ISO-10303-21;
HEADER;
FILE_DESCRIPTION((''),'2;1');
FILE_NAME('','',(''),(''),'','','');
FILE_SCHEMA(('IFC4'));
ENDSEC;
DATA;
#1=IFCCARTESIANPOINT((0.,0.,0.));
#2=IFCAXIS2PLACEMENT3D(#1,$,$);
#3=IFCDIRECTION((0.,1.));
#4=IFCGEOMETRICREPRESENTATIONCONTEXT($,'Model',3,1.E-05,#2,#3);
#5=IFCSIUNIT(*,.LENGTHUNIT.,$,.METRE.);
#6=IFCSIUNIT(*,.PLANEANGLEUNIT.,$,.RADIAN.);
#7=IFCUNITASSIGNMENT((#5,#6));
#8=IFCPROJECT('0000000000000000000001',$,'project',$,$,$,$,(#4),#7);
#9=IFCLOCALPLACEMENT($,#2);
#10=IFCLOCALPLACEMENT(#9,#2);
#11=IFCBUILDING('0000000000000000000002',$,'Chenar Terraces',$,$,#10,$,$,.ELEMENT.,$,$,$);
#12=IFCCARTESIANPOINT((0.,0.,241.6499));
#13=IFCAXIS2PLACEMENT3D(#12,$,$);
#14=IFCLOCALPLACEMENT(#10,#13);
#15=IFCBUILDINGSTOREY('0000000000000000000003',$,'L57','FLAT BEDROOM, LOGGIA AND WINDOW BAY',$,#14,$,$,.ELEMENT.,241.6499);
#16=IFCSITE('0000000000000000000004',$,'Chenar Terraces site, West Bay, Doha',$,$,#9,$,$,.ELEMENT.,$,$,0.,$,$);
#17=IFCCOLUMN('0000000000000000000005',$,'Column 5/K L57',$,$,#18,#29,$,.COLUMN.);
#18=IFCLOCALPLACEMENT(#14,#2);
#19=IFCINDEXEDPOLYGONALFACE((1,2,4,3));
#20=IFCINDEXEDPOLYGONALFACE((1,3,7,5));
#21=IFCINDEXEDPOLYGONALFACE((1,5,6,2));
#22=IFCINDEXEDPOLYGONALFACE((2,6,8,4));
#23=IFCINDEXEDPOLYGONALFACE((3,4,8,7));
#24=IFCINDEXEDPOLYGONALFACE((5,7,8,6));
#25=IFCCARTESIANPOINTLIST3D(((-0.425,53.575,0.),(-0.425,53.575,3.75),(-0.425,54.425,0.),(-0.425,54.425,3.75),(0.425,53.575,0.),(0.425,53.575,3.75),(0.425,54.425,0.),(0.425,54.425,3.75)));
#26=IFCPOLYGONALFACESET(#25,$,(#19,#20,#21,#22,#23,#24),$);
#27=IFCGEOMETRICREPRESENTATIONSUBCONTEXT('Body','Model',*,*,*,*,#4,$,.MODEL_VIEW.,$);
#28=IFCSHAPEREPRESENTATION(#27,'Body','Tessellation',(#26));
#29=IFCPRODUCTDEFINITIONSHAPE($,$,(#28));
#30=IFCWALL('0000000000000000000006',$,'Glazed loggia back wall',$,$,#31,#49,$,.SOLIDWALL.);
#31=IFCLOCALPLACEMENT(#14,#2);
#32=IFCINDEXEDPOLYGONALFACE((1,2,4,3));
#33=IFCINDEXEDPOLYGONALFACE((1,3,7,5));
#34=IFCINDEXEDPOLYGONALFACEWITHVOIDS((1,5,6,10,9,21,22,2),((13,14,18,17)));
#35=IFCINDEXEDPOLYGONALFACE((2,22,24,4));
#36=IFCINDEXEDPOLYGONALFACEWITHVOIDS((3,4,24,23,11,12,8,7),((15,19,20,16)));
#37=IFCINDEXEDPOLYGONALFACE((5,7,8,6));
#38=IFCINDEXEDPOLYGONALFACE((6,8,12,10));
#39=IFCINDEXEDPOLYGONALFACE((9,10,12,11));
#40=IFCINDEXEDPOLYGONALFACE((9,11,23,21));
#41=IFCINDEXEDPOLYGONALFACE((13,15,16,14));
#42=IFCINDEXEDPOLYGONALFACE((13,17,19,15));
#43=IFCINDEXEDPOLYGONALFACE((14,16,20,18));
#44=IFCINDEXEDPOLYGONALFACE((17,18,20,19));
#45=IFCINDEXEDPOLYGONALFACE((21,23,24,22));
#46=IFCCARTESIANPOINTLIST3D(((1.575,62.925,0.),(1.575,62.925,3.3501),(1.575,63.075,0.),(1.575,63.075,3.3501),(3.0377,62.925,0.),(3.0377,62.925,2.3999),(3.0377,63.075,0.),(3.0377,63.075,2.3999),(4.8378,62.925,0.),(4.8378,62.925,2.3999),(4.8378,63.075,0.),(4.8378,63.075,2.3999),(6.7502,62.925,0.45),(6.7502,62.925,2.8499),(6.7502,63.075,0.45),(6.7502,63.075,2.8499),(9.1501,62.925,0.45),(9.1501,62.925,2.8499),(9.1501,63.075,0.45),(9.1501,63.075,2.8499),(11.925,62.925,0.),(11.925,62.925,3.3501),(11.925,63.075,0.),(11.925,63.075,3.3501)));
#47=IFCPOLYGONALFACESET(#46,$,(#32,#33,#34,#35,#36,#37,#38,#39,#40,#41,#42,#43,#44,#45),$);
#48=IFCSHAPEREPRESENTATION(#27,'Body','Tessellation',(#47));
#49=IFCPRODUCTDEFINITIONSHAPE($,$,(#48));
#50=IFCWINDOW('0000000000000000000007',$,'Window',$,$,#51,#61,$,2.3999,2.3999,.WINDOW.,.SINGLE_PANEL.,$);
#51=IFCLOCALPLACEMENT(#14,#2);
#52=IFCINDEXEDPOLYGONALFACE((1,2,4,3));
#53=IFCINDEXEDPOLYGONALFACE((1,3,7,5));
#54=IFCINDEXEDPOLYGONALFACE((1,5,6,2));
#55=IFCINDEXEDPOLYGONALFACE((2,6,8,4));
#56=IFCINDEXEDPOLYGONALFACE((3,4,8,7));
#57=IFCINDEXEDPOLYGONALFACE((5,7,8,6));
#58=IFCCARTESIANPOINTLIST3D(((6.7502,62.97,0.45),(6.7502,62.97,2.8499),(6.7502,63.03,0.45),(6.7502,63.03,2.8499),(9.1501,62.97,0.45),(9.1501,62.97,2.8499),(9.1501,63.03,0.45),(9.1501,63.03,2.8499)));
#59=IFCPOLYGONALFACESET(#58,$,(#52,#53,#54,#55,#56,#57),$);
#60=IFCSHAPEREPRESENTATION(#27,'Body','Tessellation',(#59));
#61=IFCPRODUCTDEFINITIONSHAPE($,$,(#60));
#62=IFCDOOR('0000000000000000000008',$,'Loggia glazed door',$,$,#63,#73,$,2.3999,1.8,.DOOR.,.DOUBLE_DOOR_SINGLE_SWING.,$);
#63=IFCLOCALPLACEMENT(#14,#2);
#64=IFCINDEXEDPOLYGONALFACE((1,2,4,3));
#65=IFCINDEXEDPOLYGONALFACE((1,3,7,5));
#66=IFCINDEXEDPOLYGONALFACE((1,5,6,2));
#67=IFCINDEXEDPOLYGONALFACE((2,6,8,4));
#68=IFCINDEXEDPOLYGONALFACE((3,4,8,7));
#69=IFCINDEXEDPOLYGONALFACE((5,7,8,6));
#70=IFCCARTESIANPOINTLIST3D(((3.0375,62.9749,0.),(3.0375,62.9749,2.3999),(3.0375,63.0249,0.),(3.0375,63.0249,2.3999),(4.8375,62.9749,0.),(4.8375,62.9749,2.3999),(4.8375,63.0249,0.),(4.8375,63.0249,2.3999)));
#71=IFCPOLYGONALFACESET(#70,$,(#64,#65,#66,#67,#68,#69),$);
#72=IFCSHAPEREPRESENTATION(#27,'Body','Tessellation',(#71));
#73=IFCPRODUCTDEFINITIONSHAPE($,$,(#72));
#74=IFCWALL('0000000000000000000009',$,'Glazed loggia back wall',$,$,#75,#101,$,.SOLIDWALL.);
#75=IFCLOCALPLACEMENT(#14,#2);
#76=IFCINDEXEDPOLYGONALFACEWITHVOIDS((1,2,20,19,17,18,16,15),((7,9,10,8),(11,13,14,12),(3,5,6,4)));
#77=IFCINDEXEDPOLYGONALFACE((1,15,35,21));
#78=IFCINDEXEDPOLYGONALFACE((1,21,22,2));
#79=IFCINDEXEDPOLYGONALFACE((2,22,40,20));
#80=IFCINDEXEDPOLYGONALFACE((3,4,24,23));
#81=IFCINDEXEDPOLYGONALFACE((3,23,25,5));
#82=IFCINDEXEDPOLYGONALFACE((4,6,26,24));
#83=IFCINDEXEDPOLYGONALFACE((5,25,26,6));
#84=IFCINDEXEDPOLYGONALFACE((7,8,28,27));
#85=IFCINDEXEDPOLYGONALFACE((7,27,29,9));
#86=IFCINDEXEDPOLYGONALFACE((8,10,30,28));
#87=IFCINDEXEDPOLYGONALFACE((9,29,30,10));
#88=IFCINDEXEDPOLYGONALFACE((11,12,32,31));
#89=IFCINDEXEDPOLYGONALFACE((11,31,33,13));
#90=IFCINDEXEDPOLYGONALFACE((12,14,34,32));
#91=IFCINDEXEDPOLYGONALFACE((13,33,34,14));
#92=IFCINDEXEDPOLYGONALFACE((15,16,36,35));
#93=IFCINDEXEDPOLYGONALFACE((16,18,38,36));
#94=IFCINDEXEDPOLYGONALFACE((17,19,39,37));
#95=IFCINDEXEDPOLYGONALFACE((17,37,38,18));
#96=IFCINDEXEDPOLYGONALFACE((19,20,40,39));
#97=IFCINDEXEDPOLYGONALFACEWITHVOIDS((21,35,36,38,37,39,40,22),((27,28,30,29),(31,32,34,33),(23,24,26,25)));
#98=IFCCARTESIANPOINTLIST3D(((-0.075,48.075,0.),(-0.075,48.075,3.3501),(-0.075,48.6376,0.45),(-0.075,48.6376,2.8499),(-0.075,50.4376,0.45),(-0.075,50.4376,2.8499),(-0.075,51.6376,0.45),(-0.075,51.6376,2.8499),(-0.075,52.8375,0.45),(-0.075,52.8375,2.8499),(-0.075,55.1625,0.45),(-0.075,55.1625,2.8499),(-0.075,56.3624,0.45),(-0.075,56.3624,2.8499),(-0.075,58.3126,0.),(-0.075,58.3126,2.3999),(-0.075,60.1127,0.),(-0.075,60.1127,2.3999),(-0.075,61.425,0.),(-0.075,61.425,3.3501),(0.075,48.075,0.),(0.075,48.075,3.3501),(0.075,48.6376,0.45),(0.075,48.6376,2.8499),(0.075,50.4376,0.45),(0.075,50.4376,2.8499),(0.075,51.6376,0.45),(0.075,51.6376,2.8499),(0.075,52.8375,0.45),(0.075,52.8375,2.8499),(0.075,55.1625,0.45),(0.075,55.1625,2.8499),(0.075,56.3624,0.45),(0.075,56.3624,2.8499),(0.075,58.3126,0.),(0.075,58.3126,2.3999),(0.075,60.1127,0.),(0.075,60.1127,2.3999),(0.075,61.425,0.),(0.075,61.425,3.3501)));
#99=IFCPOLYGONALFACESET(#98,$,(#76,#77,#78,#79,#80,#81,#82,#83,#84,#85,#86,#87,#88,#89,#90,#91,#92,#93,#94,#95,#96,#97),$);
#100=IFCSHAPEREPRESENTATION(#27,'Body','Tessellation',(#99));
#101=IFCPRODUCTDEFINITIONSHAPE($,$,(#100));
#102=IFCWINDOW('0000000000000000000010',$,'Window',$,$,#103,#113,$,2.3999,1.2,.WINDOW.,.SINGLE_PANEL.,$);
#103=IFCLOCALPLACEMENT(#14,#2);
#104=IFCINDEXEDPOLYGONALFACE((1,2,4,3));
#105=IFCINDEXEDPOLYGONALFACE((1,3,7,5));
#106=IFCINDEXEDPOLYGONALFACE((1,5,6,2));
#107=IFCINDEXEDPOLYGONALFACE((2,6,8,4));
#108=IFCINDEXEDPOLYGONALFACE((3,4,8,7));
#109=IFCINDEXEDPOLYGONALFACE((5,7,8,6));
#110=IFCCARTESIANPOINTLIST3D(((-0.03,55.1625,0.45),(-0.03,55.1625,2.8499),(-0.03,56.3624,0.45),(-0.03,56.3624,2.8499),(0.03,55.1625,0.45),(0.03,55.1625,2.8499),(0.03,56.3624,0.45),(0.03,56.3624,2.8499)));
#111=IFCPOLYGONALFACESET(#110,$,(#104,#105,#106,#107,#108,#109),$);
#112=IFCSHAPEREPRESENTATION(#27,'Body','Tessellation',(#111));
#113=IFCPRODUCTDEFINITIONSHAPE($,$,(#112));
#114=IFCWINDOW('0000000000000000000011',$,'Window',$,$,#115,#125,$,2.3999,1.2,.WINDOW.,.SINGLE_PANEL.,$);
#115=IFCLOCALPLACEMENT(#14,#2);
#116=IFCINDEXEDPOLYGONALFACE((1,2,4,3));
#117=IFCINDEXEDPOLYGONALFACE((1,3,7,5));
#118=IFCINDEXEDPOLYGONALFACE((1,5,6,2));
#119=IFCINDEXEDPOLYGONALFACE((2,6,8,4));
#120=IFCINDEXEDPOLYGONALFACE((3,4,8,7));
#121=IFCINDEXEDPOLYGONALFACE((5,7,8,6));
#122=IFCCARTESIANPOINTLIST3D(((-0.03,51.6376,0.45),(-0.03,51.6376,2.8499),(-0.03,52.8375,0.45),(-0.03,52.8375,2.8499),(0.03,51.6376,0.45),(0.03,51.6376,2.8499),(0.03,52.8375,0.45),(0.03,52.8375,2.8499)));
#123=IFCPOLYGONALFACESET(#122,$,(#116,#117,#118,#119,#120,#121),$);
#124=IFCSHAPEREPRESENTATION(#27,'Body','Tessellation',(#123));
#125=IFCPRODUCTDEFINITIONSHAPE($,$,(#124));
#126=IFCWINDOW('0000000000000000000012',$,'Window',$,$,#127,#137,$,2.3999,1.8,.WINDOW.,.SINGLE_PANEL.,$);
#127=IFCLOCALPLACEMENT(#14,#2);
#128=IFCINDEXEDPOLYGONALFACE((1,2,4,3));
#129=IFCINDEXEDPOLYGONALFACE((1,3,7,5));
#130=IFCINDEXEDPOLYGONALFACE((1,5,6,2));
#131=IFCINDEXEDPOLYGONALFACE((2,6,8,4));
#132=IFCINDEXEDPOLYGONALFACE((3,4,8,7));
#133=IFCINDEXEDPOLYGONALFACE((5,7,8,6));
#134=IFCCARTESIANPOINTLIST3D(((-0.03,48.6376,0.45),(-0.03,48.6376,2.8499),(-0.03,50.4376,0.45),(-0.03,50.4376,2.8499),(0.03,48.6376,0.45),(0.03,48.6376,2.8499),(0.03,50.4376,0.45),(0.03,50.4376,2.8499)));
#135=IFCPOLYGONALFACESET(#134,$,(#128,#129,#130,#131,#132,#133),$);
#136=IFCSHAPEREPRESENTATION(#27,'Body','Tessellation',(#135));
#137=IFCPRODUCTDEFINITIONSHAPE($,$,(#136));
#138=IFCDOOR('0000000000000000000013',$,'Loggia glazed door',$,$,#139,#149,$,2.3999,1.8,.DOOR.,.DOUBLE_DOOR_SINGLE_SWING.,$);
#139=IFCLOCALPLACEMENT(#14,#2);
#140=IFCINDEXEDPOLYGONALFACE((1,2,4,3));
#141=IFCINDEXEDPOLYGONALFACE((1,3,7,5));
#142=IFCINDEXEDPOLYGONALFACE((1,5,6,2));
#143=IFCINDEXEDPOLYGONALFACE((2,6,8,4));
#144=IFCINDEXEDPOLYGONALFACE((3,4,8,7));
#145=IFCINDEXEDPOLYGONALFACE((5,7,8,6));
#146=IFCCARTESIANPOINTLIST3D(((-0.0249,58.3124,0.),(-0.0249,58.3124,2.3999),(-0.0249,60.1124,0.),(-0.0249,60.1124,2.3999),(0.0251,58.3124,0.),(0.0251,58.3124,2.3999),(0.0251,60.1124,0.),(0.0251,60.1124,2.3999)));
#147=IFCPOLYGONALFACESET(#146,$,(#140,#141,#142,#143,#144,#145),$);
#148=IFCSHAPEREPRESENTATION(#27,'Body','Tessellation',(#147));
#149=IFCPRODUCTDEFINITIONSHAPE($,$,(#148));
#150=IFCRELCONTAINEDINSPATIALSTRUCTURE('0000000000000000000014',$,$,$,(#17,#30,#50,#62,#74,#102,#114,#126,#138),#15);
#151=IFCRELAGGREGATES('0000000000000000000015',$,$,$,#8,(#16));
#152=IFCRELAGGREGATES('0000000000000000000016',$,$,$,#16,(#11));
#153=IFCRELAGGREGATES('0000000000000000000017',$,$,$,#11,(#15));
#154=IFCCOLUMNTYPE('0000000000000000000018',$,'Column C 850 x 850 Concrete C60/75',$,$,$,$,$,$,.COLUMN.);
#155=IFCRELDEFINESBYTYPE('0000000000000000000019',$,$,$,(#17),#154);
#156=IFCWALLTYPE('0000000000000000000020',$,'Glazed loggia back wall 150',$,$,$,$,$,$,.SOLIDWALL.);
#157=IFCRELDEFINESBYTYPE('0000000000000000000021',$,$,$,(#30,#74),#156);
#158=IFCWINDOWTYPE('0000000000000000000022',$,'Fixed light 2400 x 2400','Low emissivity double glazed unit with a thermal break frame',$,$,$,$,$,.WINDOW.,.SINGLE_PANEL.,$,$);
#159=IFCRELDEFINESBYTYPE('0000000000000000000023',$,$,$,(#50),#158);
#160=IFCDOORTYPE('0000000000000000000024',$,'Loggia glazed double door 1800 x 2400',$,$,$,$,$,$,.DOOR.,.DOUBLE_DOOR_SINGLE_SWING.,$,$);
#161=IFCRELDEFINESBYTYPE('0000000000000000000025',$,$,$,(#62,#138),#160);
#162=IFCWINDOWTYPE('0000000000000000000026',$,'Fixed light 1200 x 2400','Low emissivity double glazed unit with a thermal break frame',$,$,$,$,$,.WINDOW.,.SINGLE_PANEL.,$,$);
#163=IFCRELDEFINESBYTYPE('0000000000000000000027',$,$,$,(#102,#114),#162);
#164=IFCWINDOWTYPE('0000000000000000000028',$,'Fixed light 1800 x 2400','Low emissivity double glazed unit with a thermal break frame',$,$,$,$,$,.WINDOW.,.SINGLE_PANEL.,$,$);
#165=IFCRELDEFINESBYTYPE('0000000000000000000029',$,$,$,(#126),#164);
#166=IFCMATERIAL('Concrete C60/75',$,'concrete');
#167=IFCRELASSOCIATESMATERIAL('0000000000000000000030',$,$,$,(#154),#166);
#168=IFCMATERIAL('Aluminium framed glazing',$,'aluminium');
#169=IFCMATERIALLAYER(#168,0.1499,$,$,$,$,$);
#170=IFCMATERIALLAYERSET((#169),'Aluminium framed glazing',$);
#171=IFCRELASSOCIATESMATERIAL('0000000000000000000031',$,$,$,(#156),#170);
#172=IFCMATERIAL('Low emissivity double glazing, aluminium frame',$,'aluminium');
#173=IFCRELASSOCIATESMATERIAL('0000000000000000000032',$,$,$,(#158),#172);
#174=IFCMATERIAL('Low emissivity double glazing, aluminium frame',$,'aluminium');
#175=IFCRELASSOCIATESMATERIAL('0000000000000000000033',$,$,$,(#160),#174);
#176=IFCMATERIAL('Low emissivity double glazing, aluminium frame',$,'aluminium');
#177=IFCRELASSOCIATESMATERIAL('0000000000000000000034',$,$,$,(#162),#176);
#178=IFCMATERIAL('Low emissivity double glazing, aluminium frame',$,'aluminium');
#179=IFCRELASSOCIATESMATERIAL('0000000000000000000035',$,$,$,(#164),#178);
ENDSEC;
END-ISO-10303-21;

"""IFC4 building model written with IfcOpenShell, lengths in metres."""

from ifc_helpers import new_model, si_unit, direction, frame, frame_2d, origin, origin_2d, place, context, subcontext, project, spatial, rectangle, extrude, material, layer, layer_set, material_profile, profile_set, type_object, element, fill, save


model = new_model("IFC4")

# Units and contexts
model_context = context("Model", 3, precision=1e-05, world=origin(), true_north=direction((0.0, 1.0)))
body_context = subcontext(model_context, "Body", "Model", "MODEL_VIEW")
ifc_project = project(units=[si_unit("LENGTHUNIT", "METRE"), si_unit("PLANEANGLEUNIT", "RADIAN")], contexts=[model_context])

# Site, building, storey
site_placement = place(None, origin())
site = spatial("IfcSite", under=ifc_project, at=site_placement, Name="Chenar Terraces site, West Bay, Doha", CompositionType="ELEMENT", RefElevation=0.0)
building_placement = place(site_placement, origin())
building = spatial("IfcBuilding", under=site, at=building_placement, Name="Chenar Terraces", CompositionType="ELEMENT")
storey_placement = place(building_placement, frame((0.0, 0.0, 241.6499)))
storey = spatial("IfcBuildingStorey", under=building, at=storey_placement, Name="L57", Description="FLAT BEDROOM, LOGGIA AND WINDOW BAY", CompositionType="ELEMENT", Elevation=241.6499)

# Column
ifc_material_1 = material(Name="Concrete C60/75", Category="concrete")
ifc_material_profile = material_profile(ifc_material_1, rectangle(XDim=0.8501, YDim=0.8501, at=origin_2d()), Name="C 850 x 850")
ifc_profile_set = profile_set([ifc_material_profile], Name="Concrete C60/75")
column_type = type_object("IfcColumnType", Name="Column C 850 x 850 Concrete C60/75", PredefinedType="COLUMN", material=ifc_profile_set)
column_placement = place(storey_placement, frame((0.0, 54.0, 0.0), z_axis=(0.0, 0.0, 1.0), x_axis=(1.0, 0.0, 0.0)))
element("IfcColumn", 1, at=column_placement, inside=storey, type_object=column_type, Name="Column 5/K L57", PredefinedType="COLUMN", context=body_context, shape_type="SweptSolid", body=[
    extrude(rectangle(XDim=0.8501, YDim=0.8501, at=origin_2d()), origin(), (0.0, 0.0, 1.0), 3.75),
])

# Wall, openings, window, door
ifc_material_2 = material(Name="Aluminium framed glazing", Category="aluminium")
ifc_layer_1 = layer(ifc_material_2, 0.1499)
ifc_layer_set_1 = layer_set([ifc_layer_1], Name="Aluminium framed glazing")
wall_type_1 = type_object("IfcWallType", Name="Glazed loggia back wall 150", PredefinedType="SOLIDWALL", material=ifc_layer_set_1)
wall_1_placement = place(storey_placement, frame((11.925, 63.0, 0.0), z_axis=(0.0, 0.0, 1.0), x_axis=(-1.0, 0.0, 0.0)))
wall_1 = element("IfcWall", 2, at=wall_1_placement, inside=storey, type_object=wall_type_1, Name="Glazed loggia back wall", PredefinedType="SOLIDWALL", context=body_context, shape_type="SweptSolid", body=[
    extrude(rectangle(XDim=10.3501, YDim=0.1499, at=frame_2d((5.175, 0.0))), origin(), (0.0, 0.0, 1.0), 3.3501),
])
opening_1_placement = place(wall_1_placement, frame((2.7749, 0.0, 0.45)))
opening_1 = element("IfcOpeningElement", 3, at=opening_1_placement, cuts=wall_1, PredefinedType="OPENING", context=body_context, shape_type="SweptSolid", body=[
    extrude(rectangle(XDim=2.3999, YDim=2.3999, at=frame_2d((1.2, 1.2))), frame((0.0, 0.085, 0.0), z_axis=(0.0, -1.0, 0.0), x_axis=(1.0, 0.0, 0.0)), (0.0, 0.0, 1.0), 0.1699),
])
opening_2_placement = place(wall_1_placement, frame((7.0874, 0.0, 0.0)))
opening_2 = element("IfcOpeningElement", 4, at=opening_2_placement, cuts=wall_1, PredefinedType="OPENING", context=body_context, shape_type="SweptSolid", body=[
    extrude(rectangle(XDim=1.8, YDim=2.3999, at=frame_2d((0.8999, 1.2))), frame((0.0, 0.085, 0.0), z_axis=(0.0, -1.0, 0.0), x_axis=(1.0, 0.0, 0.0)), (0.0, 0.0, 1.0), 0.1699),
])
ifc_material_3 = material(Name="Low emissivity double glazing, aluminium frame", Category="aluminium")
window_type_1 = type_object("IfcWindowType", Name="Fixed light 2400 x 2400", Description="Low emissivity double glazed unit with a thermal break frame", PartitioningType="SINGLE_PANEL", PredefinedType="WINDOW", material=ifc_material_3)
window_1_placement = place(opening_1_placement, origin())
window_1 = element("IfcWindow", 5, at=window_1_placement, inside=storey, type_object=window_type_1, Name="Window", OverallHeight=2.3999, OverallWidth=2.3999, PartitioningType="SINGLE_PANEL", PredefinedType="WINDOW", context=body_context, shape_type="SweptSolid", body=[
    extrude(rectangle(XDim=2.3999, YDim=2.3999, at=frame_2d((1.2, 1.2))), frame((0.0, 0.03, 0.0), z_axis=(0.0, -1.0, 0.0), x_axis=(1.0, 0.0, 0.0)), (0.0, 0.0, 1.0), 0.0601),
])
fill(opening_1, window_1)
ifc_material_4 = material(Name="Low emissivity double glazing, aluminium frame", Category="aluminium")
door_type_1 = type_object("IfcDoorType", Name="Loggia glazed double door 1800 x 2400", OperationType="DOUBLE_DOOR_SINGLE_SWING", PredefinedType="DOOR", material=ifc_material_4)
door_1_placement = place(opening_2_placement, frame((1.8, 0.0, 0.0), z_axis=(0.0, 0.0, 1.0), x_axis=(-1.0, 0.0, 0.0)))
door_1 = element("IfcDoor", 6, at=door_1_placement, inside=storey, type_object=door_type_1, Name="Loggia glazed door", OperationType="DOUBLE_DOOR_SINGLE_SWING", OverallHeight=2.3999, OverallWidth=1.8, PredefinedType="DOOR", context=body_context, shape_type="SweptSolid", body=[
    extrude(rectangle(XDim=1.8, YDim=2.3999, at=frame_2d((0.8999, 1.2))), frame((0.0, 0.0249, 0.0), z_axis=(0.0, -1.0, 0.0), x_axis=(1.0, 0.0, 0.0)), (0.0, 0.0, 1.0), 0.05),
])
fill(opening_2, door_1)

# Wall, openings, windows, door
wall_2_placement = place(storey_placement, frame((0.0, 61.425, 0.0), z_axis=(0.0, 0.0, 1.0), x_axis=(0.0, -1.0, 0.0)))
wall_2 = element("IfcWall", 7, at=wall_2_placement, inside=storey, type_object=wall_type_1, Name="Glazed loggia back wall", PredefinedType="SOLIDWALL", context=body_context, shape_type="SweptSolid", body=[
    extrude(rectangle(XDim=13.3501, YDim=0.1499, at=frame_2d((6.675, 0.0))), origin(), (0.0, 0.0, 1.0), 3.3501),
])
opening_3_placement = place(wall_2_placement, frame((1.3125, 0.0, 0.0)))
opening_3 = element("IfcOpeningElement", 8, at=opening_3_placement, cuts=wall_2, PredefinedType="OPENING", context=body_context, shape_type="SweptSolid", body=[
    extrude(rectangle(XDim=1.8, YDim=2.3999, at=frame_2d((0.8999, 1.2))), frame((0.0, 0.085, 0.0), z_axis=(0.0, -1.0, 0.0), x_axis=(1.0, 0.0, 0.0)), (0.0, 0.0, 1.0), 0.1699),
])
opening_4_placement = place(wall_2_placement, frame((5.0625, 0.0, 0.45)))
opening_4 = element("IfcOpeningElement", 9, at=opening_4_placement, cuts=wall_2, PredefinedType="OPENING", context=body_context, shape_type="SweptSolid", body=[
    extrude(rectangle(XDim=1.2, YDim=2.3999, at=frame_2d((0.6001, 1.2))), frame((0.0, 0.085, 0.0), z_axis=(0.0, -1.0, 0.0), x_axis=(1.0, 0.0, 0.0)), (0.0, 0.0, 1.0), 0.1699),
])
opening_5_placement = place(wall_2_placement, frame((8.5874, 0.0, 0.45)))
opening_5 = element("IfcOpeningElement", 10, at=opening_5_placement, cuts=wall_2, PredefinedType="OPENING", context=body_context, shape_type="SweptSolid", body=[
    extrude(rectangle(XDim=1.2, YDim=2.3999, at=frame_2d((0.6001, 1.2))), frame((0.0, 0.085, 0.0), z_axis=(0.0, -1.0, 0.0), x_axis=(1.0, 0.0, 0.0)), (0.0, 0.0, 1.0), 0.1699),
])
opening_6_placement = place(wall_2_placement, frame((10.9875, 0.0, 0.45)))
opening_6 = element("IfcOpeningElement", 11, at=opening_6_placement, cuts=wall_2, PredefinedType="OPENING", context=body_context, shape_type="SweptSolid", body=[
    extrude(rectangle(XDim=1.8, YDim=2.3999, at=frame_2d((0.8999, 1.2))), frame((0.0, 0.085, 0.0), z_axis=(0.0, -1.0, 0.0), x_axis=(1.0, 0.0, 0.0)), (0.0, 0.0, 1.0), 0.1699),
])
ifc_material_5 = material(Name="Low emissivity double glazing, aluminium frame", Category="aluminium")
window_type_2 = type_object("IfcWindowType", Name="Fixed light 1200 x 2400", Description="Low emissivity double glazed unit with a thermal break frame", PartitioningType="SINGLE_PANEL", PredefinedType="WINDOW", material=ifc_material_5)
window_2_placement = place(opening_4_placement, origin())
window_2 = element("IfcWindow", 12, at=window_2_placement, inside=storey, type_object=window_type_2, Name="Window", OverallHeight=2.3999, OverallWidth=1.2, PartitioningType="SINGLE_PANEL", PredefinedType="WINDOW", context=body_context, shape_type="SweptSolid", body=[
    extrude(rectangle(XDim=1.2, YDim=2.3999, at=frame_2d((0.6001, 1.2))), frame((0.0, 0.03, 0.0), z_axis=(0.0, -1.0, 0.0), x_axis=(1.0, 0.0, 0.0)), (0.0, 0.0, 1.0), 0.0601),
])
fill(opening_4, window_2)
window_3_placement = place(opening_5_placement, origin())
window_3 = element("IfcWindow", 13, at=window_3_placement, inside=storey, type_object=window_type_2, Name="Window", OverallHeight=2.3999, OverallWidth=1.2, PartitioningType="SINGLE_PANEL", PredefinedType="WINDOW", context=body_context, shape_type="SweptSolid", body=[
    extrude(rectangle(XDim=1.2, YDim=2.3999, at=frame_2d((0.6001, 1.2))), frame((0.0, 0.03, 0.0), z_axis=(0.0, -1.0, 0.0), x_axis=(1.0, 0.0, 0.0)), (0.0, 0.0, 1.0), 0.0601),
])
fill(opening_5, window_3)
ifc_material_6 = material(Name="Low emissivity double glazing, aluminium frame", Category="aluminium")
window_type_3 = type_object("IfcWindowType", Name="Fixed light 1800 x 2400", Description="Low emissivity double glazed unit with a thermal break frame", PartitioningType="SINGLE_PANEL", PredefinedType="WINDOW", material=ifc_material_6)
window_4_placement = place(opening_6_placement, origin())
window_4 = element("IfcWindow", 14, at=window_4_placement, inside=storey, type_object=window_type_3, Name="Window", OverallHeight=2.3999, OverallWidth=1.8, PartitioningType="SINGLE_PANEL", PredefinedType="WINDOW", context=body_context, shape_type="SweptSolid", body=[
    extrude(rectangle(XDim=1.8, YDim=2.3999, at=frame_2d((0.8999, 1.2))), frame((0.0, 0.03, 0.0), z_axis=(0.0, -1.0, 0.0), x_axis=(1.0, 0.0, 0.0)), (0.0, 0.0, 1.0), 0.0601),
])
fill(opening_6, window_4)
door_2_placement = place(opening_3_placement, frame((1.8, 0.0, 0.0), z_axis=(0.0, 0.0, 1.0), x_axis=(-1.0, 0.0, 0.0)))
door_2 = element("IfcDoor", 15, at=door_2_placement, inside=storey, type_object=door_type_1, Name="Loggia glazed door", OperationType="DOUBLE_DOOR_SINGLE_SWING", OverallHeight=2.3999, OverallWidth=1.8, PredefinedType="DOOR", context=body_context, shape_type="SweptSolid", body=[
    extrude(rectangle(XDim=1.8, YDim=2.3999, at=frame_2d((0.8999, 1.2))), frame((0.0, 0.0249, 0.0), z_axis=(0.0, -1.0, 0.0), x_axis=(1.0, 0.0, 0.0)), (0.0, 0.0, 1.0), 0.05),
])
fill(opening_3, door_2)

save(model, "model.ifc")
